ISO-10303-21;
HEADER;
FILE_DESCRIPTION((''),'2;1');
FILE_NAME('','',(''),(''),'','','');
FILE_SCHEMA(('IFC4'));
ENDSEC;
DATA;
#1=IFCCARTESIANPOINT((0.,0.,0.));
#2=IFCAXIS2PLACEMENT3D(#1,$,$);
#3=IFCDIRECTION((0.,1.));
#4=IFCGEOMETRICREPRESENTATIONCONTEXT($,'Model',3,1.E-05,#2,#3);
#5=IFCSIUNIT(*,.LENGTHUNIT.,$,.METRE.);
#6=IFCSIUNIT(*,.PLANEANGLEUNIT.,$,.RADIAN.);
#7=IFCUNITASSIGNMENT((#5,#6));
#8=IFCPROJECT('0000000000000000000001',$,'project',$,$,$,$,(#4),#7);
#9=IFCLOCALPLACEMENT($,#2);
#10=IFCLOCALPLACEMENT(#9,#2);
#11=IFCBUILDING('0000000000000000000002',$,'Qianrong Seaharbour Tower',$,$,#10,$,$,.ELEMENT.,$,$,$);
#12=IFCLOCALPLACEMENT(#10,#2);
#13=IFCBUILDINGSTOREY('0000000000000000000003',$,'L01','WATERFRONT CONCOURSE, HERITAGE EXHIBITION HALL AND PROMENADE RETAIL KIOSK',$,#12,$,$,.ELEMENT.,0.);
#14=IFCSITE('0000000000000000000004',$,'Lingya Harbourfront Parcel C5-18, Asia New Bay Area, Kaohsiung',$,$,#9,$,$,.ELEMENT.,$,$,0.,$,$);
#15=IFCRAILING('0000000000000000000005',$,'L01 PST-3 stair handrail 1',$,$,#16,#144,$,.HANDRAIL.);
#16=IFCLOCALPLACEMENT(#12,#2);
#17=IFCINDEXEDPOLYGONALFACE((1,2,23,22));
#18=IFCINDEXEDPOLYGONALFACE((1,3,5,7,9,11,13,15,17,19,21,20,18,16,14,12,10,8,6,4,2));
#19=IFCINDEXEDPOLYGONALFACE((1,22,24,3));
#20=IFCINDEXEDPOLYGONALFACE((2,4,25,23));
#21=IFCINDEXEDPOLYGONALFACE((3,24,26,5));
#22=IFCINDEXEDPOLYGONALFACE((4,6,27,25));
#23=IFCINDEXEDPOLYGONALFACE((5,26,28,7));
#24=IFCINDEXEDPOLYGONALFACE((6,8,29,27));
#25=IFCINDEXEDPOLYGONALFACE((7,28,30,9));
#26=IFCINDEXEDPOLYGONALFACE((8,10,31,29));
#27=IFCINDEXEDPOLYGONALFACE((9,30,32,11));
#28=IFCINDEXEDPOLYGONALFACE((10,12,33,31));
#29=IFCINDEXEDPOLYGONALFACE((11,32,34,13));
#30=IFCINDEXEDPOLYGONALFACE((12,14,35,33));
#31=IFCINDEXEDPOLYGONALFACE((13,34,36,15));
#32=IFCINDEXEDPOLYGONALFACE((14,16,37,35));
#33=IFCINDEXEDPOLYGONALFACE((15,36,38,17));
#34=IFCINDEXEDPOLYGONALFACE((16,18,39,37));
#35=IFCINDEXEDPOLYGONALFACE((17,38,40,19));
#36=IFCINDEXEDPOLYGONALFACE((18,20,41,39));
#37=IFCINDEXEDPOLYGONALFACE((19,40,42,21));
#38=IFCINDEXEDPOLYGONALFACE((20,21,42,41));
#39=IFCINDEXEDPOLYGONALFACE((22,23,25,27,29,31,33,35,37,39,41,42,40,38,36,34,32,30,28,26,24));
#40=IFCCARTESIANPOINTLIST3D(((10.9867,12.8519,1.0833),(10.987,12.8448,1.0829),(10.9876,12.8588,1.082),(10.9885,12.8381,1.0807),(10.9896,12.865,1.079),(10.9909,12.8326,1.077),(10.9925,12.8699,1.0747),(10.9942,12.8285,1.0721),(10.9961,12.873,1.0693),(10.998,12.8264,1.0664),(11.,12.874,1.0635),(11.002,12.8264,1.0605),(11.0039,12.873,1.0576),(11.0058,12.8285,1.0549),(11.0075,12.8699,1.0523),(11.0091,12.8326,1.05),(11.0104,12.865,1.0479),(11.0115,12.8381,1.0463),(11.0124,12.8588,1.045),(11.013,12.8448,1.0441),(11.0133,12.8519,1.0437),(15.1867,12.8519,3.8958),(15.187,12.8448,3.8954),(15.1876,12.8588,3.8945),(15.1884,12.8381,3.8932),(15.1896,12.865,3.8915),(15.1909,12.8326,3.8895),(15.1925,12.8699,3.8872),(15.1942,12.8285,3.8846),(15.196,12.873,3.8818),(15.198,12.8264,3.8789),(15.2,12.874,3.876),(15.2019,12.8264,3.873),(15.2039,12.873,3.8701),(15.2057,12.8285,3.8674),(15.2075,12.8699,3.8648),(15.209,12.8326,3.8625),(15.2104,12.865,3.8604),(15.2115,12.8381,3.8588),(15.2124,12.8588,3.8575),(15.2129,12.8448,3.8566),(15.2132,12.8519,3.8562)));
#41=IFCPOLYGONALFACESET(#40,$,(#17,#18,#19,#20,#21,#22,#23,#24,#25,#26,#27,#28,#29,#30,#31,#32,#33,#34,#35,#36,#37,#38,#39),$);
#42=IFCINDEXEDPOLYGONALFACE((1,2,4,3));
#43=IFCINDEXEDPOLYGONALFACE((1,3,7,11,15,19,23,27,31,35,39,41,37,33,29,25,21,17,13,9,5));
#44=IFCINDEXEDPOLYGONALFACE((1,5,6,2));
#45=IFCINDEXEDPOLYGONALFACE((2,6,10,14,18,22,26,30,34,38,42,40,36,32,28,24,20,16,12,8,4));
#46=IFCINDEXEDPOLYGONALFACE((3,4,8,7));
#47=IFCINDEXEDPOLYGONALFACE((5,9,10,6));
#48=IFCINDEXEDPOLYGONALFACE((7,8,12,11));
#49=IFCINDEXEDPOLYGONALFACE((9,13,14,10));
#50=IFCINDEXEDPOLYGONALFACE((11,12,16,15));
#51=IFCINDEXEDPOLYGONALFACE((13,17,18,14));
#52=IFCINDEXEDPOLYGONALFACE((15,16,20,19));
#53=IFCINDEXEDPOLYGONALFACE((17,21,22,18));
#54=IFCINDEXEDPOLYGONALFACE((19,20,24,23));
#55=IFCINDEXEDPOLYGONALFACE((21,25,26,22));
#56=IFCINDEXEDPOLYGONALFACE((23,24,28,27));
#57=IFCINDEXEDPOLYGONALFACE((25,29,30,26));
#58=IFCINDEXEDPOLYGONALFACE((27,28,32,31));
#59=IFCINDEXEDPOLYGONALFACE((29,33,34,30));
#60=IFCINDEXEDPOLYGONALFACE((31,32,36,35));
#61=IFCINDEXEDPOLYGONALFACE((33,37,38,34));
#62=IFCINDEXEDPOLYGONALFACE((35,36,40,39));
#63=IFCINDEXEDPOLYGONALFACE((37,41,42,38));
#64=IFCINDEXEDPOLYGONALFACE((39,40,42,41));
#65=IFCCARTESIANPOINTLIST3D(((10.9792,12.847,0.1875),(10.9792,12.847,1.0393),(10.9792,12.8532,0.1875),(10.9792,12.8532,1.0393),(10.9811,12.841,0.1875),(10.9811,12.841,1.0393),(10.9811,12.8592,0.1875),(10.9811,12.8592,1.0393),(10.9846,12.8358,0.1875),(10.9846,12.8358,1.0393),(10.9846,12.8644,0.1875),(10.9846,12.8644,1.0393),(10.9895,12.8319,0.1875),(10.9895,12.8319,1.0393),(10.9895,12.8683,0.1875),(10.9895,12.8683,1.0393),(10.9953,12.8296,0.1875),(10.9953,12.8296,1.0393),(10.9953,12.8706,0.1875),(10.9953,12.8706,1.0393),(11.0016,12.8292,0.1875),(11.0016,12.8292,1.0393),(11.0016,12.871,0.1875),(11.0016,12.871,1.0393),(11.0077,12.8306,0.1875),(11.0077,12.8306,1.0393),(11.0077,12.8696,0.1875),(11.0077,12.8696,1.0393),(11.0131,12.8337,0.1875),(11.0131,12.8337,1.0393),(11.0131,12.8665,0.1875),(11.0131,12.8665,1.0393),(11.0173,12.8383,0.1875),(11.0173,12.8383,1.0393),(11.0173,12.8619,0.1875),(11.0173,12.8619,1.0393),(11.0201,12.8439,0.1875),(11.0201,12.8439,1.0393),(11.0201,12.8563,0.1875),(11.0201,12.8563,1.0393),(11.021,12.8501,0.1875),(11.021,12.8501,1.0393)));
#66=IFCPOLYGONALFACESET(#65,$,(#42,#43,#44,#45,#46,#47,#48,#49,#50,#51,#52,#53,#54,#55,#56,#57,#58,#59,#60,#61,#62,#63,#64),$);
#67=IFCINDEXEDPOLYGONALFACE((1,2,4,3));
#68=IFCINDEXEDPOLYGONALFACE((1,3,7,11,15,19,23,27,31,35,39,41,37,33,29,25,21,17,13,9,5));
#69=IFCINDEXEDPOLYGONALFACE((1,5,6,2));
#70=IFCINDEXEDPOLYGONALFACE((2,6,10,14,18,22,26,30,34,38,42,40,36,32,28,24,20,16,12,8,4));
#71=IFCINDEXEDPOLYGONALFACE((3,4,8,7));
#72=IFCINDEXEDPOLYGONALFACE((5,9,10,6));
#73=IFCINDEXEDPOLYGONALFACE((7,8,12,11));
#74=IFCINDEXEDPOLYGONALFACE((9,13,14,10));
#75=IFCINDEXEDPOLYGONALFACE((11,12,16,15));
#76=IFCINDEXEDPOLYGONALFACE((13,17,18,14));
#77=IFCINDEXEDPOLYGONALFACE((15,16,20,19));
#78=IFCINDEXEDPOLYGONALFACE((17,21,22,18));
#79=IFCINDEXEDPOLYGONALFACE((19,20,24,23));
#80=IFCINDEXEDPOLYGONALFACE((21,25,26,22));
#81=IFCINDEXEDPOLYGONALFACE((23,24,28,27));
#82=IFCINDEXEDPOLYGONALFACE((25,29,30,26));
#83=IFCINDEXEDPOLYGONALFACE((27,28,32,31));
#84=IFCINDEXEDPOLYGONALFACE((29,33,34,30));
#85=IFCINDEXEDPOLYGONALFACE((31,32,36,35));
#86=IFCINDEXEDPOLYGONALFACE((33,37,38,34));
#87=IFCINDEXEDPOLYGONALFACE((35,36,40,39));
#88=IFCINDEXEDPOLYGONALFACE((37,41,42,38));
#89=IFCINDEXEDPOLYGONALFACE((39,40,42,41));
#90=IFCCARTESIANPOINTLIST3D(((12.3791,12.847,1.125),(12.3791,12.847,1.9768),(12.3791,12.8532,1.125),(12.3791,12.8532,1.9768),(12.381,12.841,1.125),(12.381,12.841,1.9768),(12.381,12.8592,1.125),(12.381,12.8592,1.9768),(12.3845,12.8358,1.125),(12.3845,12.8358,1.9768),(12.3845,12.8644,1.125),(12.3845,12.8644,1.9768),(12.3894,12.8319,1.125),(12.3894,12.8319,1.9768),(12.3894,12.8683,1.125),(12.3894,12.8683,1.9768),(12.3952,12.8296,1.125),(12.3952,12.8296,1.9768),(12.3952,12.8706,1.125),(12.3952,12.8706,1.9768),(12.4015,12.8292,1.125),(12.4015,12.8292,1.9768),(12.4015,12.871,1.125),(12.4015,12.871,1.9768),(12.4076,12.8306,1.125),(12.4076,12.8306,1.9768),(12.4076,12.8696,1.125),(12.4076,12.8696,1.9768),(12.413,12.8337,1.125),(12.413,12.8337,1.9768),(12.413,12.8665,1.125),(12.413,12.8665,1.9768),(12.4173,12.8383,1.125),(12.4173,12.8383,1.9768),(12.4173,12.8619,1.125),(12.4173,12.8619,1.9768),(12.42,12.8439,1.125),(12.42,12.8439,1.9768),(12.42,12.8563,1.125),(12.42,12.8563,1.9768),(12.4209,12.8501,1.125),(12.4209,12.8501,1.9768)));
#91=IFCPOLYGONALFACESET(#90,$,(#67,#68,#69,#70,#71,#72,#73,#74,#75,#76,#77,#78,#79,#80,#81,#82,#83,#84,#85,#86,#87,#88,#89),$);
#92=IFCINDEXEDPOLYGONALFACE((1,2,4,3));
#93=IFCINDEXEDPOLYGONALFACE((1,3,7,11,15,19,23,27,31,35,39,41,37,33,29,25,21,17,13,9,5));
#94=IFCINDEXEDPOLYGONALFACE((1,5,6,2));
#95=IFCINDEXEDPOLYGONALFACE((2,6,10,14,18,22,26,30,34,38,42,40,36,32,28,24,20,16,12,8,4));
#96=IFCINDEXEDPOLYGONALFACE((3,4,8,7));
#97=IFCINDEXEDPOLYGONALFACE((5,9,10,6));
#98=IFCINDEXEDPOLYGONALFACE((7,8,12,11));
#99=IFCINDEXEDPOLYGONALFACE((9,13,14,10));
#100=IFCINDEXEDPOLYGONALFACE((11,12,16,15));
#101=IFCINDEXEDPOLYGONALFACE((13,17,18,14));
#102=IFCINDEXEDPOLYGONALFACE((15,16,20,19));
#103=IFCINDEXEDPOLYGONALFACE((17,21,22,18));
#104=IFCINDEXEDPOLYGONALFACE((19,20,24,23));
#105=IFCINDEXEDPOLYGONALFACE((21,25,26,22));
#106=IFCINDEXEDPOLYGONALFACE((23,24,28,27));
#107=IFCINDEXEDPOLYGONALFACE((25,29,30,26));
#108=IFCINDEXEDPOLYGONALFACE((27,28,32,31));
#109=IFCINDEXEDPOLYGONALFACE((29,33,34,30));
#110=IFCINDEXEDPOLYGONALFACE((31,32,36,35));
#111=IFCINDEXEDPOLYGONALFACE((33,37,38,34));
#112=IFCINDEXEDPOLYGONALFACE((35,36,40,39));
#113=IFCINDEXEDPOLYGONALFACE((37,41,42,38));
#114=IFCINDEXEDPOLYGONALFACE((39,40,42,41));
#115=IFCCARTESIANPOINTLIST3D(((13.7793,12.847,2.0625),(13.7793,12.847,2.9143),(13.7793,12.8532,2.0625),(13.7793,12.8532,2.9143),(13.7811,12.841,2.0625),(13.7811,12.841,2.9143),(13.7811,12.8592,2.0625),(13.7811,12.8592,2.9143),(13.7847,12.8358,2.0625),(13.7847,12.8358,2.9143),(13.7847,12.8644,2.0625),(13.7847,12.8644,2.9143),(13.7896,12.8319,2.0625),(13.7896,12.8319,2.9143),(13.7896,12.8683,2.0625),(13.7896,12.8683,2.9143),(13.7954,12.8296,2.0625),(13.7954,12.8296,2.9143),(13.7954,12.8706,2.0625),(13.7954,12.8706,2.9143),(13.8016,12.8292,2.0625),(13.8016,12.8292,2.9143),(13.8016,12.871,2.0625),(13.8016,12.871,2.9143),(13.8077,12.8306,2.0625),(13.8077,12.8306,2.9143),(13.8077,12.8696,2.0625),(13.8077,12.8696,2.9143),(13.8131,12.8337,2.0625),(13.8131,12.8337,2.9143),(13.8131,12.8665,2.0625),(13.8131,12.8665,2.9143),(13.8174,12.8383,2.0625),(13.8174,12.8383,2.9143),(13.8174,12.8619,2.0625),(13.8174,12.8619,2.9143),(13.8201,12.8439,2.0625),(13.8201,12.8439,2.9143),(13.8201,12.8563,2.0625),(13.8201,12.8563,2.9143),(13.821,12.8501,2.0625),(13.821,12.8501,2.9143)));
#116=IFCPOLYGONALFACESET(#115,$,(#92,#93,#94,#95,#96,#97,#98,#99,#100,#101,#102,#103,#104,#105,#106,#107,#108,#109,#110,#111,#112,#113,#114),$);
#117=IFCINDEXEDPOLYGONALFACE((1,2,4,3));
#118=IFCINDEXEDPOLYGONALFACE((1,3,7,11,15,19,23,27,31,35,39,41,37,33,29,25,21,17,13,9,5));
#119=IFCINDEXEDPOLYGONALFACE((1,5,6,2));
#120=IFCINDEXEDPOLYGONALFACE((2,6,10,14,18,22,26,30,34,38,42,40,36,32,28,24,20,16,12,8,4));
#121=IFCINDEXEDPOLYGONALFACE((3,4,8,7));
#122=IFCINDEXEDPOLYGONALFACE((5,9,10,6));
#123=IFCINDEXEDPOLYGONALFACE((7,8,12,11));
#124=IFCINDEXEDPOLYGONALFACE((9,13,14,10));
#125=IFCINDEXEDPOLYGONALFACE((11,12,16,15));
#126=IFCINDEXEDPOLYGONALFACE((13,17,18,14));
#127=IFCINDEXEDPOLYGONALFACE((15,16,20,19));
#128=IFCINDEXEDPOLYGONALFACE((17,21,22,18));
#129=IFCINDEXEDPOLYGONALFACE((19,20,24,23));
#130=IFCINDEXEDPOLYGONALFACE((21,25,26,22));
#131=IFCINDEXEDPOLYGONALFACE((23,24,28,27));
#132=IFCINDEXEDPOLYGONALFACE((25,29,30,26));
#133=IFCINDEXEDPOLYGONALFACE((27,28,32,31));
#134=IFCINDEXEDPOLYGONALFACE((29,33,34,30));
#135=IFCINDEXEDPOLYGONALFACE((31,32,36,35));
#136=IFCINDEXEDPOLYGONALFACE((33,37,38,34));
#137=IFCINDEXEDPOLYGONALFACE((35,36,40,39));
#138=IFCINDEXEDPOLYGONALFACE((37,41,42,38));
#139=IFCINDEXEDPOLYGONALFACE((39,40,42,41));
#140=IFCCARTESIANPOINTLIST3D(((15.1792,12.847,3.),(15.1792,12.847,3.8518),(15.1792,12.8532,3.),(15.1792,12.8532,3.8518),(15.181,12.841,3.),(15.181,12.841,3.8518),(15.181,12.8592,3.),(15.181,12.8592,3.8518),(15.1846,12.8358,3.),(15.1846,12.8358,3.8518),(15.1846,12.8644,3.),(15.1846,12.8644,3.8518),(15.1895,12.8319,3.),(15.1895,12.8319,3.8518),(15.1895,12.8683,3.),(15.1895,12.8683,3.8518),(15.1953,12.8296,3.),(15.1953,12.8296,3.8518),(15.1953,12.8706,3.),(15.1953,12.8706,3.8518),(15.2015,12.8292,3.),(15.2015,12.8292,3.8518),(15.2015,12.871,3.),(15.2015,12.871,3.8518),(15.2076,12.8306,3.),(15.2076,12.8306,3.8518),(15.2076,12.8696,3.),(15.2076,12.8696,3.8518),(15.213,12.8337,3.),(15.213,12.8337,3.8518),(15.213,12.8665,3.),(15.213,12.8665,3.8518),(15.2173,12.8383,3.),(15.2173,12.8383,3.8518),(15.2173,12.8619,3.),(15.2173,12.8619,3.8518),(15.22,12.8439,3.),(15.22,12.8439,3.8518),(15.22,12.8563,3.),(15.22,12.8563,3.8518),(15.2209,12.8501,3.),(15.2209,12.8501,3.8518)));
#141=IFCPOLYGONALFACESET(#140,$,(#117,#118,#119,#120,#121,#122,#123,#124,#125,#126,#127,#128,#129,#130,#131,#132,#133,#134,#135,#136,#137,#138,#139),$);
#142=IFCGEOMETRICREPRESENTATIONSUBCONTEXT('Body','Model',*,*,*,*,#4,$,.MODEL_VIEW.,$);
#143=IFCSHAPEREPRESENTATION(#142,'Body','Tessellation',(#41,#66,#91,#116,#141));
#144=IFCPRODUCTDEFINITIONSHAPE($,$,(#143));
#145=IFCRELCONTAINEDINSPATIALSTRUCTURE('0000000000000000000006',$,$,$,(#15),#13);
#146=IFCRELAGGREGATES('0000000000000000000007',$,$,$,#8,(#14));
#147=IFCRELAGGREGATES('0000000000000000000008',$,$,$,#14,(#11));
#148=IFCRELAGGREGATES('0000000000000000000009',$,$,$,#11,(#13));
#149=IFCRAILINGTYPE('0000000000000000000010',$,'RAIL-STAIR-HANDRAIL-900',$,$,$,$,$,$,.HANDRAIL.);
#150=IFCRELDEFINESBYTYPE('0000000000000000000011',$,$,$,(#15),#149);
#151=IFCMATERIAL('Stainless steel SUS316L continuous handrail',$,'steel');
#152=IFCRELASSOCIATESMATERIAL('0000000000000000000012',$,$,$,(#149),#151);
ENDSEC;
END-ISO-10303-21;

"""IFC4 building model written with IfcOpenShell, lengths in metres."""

from ifc_helpers import new_model, si_unit, direction, frame, origin, origin_2d, place, context, subcontext, project, spatial, circle, extrude, material, type_object, element, save


model = new_model("IFC4")

# Units and contexts
model_context = context("Model", 3, precision=1e-05, world=origin(), true_north=direction((0.0, 1.0)))
body_context = subcontext(model_context, "Body", "Model", "MODEL_VIEW")
ifc_project = project(units=[si_unit("LENGTHUNIT", "METRE"), si_unit("PLANEANGLEUNIT", "RADIAN")], contexts=[model_context])

# Site, building, storey
site_placement = place(None, origin())
site = spatial("IfcSite", under=ifc_project, at=site_placement, Name="Lingya Harbourfront Parcel C5-18, Asia New Bay Area, Kaohsiung", CompositionType="ELEMENT", RefElevation=0.0)
building_placement = place(site_placement, origin())
building = spatial("IfcBuilding", under=site, at=building_placement, Name="Qianrong Seaharbour Tower", CompositionType="ELEMENT")
storey_placement = place(building_placement, origin())
storey = spatial("IfcBuildingStorey", under=building, at=storey_placement, Name="L01", Description="WATERFRONT CONCOURSE, HERITAGE EXHIBITION HALL AND PROMENADE RETAIL KIOSK", CompositionType="ELEMENT", Elevation=0.0)

# Railing
ifc_material_1 = material(Name="Stainless steel SUS316L continuous handrail", Category="steel")
railing_type_1 = type_object("IfcRailingType", Name="RAIL-STAIR-HANDRAIL-900", PredefinedType="HANDRAIL", material=ifc_material_1)
railing_1_placement = place(storey_placement, frame((11.0, 12.8501, 0.1875)))
element("IfcRailing", 1, at=railing_1_placement, inside=storey, type_object=railing_type_1, Name="L01 PST-3 stair handrail 1", PredefinedType="HANDRAIL", context=body_context, shape_type="SweptSolid", body=[
    extrude(circle(Radius=0.0239, at=origin_2d()), frame((0.0, 0.0, 0.876), z_axis=(0.830904, 0.0, 0.556416), x_axis=(0.0, 1.0, 0.0)), (0.0, 0.0, 1.0), 5.0547),
    extrude(circle(Radius=0.021, at=origin_2d()), origin(), (0.0, 0.0, 1.0), 0.8518),
    extrude(circle(Radius=0.021, at=origin_2d()), frame((1.3999, 0.0, 0.9375)), (0.0, 0.0, 1.0), 0.8518),
    extrude(circle(Radius=0.021, at=origin_2d()), frame((2.8, 0.0, 1.875)), (0.0, 0.0, 1.0), 0.8518),
    extrude(circle(Radius=0.021, at=origin_2d()), frame((4.2, 0.0, 2.8125)), (0.0, 0.0, 1.0), 0.8518),
])

save(model, "model.ifc")
